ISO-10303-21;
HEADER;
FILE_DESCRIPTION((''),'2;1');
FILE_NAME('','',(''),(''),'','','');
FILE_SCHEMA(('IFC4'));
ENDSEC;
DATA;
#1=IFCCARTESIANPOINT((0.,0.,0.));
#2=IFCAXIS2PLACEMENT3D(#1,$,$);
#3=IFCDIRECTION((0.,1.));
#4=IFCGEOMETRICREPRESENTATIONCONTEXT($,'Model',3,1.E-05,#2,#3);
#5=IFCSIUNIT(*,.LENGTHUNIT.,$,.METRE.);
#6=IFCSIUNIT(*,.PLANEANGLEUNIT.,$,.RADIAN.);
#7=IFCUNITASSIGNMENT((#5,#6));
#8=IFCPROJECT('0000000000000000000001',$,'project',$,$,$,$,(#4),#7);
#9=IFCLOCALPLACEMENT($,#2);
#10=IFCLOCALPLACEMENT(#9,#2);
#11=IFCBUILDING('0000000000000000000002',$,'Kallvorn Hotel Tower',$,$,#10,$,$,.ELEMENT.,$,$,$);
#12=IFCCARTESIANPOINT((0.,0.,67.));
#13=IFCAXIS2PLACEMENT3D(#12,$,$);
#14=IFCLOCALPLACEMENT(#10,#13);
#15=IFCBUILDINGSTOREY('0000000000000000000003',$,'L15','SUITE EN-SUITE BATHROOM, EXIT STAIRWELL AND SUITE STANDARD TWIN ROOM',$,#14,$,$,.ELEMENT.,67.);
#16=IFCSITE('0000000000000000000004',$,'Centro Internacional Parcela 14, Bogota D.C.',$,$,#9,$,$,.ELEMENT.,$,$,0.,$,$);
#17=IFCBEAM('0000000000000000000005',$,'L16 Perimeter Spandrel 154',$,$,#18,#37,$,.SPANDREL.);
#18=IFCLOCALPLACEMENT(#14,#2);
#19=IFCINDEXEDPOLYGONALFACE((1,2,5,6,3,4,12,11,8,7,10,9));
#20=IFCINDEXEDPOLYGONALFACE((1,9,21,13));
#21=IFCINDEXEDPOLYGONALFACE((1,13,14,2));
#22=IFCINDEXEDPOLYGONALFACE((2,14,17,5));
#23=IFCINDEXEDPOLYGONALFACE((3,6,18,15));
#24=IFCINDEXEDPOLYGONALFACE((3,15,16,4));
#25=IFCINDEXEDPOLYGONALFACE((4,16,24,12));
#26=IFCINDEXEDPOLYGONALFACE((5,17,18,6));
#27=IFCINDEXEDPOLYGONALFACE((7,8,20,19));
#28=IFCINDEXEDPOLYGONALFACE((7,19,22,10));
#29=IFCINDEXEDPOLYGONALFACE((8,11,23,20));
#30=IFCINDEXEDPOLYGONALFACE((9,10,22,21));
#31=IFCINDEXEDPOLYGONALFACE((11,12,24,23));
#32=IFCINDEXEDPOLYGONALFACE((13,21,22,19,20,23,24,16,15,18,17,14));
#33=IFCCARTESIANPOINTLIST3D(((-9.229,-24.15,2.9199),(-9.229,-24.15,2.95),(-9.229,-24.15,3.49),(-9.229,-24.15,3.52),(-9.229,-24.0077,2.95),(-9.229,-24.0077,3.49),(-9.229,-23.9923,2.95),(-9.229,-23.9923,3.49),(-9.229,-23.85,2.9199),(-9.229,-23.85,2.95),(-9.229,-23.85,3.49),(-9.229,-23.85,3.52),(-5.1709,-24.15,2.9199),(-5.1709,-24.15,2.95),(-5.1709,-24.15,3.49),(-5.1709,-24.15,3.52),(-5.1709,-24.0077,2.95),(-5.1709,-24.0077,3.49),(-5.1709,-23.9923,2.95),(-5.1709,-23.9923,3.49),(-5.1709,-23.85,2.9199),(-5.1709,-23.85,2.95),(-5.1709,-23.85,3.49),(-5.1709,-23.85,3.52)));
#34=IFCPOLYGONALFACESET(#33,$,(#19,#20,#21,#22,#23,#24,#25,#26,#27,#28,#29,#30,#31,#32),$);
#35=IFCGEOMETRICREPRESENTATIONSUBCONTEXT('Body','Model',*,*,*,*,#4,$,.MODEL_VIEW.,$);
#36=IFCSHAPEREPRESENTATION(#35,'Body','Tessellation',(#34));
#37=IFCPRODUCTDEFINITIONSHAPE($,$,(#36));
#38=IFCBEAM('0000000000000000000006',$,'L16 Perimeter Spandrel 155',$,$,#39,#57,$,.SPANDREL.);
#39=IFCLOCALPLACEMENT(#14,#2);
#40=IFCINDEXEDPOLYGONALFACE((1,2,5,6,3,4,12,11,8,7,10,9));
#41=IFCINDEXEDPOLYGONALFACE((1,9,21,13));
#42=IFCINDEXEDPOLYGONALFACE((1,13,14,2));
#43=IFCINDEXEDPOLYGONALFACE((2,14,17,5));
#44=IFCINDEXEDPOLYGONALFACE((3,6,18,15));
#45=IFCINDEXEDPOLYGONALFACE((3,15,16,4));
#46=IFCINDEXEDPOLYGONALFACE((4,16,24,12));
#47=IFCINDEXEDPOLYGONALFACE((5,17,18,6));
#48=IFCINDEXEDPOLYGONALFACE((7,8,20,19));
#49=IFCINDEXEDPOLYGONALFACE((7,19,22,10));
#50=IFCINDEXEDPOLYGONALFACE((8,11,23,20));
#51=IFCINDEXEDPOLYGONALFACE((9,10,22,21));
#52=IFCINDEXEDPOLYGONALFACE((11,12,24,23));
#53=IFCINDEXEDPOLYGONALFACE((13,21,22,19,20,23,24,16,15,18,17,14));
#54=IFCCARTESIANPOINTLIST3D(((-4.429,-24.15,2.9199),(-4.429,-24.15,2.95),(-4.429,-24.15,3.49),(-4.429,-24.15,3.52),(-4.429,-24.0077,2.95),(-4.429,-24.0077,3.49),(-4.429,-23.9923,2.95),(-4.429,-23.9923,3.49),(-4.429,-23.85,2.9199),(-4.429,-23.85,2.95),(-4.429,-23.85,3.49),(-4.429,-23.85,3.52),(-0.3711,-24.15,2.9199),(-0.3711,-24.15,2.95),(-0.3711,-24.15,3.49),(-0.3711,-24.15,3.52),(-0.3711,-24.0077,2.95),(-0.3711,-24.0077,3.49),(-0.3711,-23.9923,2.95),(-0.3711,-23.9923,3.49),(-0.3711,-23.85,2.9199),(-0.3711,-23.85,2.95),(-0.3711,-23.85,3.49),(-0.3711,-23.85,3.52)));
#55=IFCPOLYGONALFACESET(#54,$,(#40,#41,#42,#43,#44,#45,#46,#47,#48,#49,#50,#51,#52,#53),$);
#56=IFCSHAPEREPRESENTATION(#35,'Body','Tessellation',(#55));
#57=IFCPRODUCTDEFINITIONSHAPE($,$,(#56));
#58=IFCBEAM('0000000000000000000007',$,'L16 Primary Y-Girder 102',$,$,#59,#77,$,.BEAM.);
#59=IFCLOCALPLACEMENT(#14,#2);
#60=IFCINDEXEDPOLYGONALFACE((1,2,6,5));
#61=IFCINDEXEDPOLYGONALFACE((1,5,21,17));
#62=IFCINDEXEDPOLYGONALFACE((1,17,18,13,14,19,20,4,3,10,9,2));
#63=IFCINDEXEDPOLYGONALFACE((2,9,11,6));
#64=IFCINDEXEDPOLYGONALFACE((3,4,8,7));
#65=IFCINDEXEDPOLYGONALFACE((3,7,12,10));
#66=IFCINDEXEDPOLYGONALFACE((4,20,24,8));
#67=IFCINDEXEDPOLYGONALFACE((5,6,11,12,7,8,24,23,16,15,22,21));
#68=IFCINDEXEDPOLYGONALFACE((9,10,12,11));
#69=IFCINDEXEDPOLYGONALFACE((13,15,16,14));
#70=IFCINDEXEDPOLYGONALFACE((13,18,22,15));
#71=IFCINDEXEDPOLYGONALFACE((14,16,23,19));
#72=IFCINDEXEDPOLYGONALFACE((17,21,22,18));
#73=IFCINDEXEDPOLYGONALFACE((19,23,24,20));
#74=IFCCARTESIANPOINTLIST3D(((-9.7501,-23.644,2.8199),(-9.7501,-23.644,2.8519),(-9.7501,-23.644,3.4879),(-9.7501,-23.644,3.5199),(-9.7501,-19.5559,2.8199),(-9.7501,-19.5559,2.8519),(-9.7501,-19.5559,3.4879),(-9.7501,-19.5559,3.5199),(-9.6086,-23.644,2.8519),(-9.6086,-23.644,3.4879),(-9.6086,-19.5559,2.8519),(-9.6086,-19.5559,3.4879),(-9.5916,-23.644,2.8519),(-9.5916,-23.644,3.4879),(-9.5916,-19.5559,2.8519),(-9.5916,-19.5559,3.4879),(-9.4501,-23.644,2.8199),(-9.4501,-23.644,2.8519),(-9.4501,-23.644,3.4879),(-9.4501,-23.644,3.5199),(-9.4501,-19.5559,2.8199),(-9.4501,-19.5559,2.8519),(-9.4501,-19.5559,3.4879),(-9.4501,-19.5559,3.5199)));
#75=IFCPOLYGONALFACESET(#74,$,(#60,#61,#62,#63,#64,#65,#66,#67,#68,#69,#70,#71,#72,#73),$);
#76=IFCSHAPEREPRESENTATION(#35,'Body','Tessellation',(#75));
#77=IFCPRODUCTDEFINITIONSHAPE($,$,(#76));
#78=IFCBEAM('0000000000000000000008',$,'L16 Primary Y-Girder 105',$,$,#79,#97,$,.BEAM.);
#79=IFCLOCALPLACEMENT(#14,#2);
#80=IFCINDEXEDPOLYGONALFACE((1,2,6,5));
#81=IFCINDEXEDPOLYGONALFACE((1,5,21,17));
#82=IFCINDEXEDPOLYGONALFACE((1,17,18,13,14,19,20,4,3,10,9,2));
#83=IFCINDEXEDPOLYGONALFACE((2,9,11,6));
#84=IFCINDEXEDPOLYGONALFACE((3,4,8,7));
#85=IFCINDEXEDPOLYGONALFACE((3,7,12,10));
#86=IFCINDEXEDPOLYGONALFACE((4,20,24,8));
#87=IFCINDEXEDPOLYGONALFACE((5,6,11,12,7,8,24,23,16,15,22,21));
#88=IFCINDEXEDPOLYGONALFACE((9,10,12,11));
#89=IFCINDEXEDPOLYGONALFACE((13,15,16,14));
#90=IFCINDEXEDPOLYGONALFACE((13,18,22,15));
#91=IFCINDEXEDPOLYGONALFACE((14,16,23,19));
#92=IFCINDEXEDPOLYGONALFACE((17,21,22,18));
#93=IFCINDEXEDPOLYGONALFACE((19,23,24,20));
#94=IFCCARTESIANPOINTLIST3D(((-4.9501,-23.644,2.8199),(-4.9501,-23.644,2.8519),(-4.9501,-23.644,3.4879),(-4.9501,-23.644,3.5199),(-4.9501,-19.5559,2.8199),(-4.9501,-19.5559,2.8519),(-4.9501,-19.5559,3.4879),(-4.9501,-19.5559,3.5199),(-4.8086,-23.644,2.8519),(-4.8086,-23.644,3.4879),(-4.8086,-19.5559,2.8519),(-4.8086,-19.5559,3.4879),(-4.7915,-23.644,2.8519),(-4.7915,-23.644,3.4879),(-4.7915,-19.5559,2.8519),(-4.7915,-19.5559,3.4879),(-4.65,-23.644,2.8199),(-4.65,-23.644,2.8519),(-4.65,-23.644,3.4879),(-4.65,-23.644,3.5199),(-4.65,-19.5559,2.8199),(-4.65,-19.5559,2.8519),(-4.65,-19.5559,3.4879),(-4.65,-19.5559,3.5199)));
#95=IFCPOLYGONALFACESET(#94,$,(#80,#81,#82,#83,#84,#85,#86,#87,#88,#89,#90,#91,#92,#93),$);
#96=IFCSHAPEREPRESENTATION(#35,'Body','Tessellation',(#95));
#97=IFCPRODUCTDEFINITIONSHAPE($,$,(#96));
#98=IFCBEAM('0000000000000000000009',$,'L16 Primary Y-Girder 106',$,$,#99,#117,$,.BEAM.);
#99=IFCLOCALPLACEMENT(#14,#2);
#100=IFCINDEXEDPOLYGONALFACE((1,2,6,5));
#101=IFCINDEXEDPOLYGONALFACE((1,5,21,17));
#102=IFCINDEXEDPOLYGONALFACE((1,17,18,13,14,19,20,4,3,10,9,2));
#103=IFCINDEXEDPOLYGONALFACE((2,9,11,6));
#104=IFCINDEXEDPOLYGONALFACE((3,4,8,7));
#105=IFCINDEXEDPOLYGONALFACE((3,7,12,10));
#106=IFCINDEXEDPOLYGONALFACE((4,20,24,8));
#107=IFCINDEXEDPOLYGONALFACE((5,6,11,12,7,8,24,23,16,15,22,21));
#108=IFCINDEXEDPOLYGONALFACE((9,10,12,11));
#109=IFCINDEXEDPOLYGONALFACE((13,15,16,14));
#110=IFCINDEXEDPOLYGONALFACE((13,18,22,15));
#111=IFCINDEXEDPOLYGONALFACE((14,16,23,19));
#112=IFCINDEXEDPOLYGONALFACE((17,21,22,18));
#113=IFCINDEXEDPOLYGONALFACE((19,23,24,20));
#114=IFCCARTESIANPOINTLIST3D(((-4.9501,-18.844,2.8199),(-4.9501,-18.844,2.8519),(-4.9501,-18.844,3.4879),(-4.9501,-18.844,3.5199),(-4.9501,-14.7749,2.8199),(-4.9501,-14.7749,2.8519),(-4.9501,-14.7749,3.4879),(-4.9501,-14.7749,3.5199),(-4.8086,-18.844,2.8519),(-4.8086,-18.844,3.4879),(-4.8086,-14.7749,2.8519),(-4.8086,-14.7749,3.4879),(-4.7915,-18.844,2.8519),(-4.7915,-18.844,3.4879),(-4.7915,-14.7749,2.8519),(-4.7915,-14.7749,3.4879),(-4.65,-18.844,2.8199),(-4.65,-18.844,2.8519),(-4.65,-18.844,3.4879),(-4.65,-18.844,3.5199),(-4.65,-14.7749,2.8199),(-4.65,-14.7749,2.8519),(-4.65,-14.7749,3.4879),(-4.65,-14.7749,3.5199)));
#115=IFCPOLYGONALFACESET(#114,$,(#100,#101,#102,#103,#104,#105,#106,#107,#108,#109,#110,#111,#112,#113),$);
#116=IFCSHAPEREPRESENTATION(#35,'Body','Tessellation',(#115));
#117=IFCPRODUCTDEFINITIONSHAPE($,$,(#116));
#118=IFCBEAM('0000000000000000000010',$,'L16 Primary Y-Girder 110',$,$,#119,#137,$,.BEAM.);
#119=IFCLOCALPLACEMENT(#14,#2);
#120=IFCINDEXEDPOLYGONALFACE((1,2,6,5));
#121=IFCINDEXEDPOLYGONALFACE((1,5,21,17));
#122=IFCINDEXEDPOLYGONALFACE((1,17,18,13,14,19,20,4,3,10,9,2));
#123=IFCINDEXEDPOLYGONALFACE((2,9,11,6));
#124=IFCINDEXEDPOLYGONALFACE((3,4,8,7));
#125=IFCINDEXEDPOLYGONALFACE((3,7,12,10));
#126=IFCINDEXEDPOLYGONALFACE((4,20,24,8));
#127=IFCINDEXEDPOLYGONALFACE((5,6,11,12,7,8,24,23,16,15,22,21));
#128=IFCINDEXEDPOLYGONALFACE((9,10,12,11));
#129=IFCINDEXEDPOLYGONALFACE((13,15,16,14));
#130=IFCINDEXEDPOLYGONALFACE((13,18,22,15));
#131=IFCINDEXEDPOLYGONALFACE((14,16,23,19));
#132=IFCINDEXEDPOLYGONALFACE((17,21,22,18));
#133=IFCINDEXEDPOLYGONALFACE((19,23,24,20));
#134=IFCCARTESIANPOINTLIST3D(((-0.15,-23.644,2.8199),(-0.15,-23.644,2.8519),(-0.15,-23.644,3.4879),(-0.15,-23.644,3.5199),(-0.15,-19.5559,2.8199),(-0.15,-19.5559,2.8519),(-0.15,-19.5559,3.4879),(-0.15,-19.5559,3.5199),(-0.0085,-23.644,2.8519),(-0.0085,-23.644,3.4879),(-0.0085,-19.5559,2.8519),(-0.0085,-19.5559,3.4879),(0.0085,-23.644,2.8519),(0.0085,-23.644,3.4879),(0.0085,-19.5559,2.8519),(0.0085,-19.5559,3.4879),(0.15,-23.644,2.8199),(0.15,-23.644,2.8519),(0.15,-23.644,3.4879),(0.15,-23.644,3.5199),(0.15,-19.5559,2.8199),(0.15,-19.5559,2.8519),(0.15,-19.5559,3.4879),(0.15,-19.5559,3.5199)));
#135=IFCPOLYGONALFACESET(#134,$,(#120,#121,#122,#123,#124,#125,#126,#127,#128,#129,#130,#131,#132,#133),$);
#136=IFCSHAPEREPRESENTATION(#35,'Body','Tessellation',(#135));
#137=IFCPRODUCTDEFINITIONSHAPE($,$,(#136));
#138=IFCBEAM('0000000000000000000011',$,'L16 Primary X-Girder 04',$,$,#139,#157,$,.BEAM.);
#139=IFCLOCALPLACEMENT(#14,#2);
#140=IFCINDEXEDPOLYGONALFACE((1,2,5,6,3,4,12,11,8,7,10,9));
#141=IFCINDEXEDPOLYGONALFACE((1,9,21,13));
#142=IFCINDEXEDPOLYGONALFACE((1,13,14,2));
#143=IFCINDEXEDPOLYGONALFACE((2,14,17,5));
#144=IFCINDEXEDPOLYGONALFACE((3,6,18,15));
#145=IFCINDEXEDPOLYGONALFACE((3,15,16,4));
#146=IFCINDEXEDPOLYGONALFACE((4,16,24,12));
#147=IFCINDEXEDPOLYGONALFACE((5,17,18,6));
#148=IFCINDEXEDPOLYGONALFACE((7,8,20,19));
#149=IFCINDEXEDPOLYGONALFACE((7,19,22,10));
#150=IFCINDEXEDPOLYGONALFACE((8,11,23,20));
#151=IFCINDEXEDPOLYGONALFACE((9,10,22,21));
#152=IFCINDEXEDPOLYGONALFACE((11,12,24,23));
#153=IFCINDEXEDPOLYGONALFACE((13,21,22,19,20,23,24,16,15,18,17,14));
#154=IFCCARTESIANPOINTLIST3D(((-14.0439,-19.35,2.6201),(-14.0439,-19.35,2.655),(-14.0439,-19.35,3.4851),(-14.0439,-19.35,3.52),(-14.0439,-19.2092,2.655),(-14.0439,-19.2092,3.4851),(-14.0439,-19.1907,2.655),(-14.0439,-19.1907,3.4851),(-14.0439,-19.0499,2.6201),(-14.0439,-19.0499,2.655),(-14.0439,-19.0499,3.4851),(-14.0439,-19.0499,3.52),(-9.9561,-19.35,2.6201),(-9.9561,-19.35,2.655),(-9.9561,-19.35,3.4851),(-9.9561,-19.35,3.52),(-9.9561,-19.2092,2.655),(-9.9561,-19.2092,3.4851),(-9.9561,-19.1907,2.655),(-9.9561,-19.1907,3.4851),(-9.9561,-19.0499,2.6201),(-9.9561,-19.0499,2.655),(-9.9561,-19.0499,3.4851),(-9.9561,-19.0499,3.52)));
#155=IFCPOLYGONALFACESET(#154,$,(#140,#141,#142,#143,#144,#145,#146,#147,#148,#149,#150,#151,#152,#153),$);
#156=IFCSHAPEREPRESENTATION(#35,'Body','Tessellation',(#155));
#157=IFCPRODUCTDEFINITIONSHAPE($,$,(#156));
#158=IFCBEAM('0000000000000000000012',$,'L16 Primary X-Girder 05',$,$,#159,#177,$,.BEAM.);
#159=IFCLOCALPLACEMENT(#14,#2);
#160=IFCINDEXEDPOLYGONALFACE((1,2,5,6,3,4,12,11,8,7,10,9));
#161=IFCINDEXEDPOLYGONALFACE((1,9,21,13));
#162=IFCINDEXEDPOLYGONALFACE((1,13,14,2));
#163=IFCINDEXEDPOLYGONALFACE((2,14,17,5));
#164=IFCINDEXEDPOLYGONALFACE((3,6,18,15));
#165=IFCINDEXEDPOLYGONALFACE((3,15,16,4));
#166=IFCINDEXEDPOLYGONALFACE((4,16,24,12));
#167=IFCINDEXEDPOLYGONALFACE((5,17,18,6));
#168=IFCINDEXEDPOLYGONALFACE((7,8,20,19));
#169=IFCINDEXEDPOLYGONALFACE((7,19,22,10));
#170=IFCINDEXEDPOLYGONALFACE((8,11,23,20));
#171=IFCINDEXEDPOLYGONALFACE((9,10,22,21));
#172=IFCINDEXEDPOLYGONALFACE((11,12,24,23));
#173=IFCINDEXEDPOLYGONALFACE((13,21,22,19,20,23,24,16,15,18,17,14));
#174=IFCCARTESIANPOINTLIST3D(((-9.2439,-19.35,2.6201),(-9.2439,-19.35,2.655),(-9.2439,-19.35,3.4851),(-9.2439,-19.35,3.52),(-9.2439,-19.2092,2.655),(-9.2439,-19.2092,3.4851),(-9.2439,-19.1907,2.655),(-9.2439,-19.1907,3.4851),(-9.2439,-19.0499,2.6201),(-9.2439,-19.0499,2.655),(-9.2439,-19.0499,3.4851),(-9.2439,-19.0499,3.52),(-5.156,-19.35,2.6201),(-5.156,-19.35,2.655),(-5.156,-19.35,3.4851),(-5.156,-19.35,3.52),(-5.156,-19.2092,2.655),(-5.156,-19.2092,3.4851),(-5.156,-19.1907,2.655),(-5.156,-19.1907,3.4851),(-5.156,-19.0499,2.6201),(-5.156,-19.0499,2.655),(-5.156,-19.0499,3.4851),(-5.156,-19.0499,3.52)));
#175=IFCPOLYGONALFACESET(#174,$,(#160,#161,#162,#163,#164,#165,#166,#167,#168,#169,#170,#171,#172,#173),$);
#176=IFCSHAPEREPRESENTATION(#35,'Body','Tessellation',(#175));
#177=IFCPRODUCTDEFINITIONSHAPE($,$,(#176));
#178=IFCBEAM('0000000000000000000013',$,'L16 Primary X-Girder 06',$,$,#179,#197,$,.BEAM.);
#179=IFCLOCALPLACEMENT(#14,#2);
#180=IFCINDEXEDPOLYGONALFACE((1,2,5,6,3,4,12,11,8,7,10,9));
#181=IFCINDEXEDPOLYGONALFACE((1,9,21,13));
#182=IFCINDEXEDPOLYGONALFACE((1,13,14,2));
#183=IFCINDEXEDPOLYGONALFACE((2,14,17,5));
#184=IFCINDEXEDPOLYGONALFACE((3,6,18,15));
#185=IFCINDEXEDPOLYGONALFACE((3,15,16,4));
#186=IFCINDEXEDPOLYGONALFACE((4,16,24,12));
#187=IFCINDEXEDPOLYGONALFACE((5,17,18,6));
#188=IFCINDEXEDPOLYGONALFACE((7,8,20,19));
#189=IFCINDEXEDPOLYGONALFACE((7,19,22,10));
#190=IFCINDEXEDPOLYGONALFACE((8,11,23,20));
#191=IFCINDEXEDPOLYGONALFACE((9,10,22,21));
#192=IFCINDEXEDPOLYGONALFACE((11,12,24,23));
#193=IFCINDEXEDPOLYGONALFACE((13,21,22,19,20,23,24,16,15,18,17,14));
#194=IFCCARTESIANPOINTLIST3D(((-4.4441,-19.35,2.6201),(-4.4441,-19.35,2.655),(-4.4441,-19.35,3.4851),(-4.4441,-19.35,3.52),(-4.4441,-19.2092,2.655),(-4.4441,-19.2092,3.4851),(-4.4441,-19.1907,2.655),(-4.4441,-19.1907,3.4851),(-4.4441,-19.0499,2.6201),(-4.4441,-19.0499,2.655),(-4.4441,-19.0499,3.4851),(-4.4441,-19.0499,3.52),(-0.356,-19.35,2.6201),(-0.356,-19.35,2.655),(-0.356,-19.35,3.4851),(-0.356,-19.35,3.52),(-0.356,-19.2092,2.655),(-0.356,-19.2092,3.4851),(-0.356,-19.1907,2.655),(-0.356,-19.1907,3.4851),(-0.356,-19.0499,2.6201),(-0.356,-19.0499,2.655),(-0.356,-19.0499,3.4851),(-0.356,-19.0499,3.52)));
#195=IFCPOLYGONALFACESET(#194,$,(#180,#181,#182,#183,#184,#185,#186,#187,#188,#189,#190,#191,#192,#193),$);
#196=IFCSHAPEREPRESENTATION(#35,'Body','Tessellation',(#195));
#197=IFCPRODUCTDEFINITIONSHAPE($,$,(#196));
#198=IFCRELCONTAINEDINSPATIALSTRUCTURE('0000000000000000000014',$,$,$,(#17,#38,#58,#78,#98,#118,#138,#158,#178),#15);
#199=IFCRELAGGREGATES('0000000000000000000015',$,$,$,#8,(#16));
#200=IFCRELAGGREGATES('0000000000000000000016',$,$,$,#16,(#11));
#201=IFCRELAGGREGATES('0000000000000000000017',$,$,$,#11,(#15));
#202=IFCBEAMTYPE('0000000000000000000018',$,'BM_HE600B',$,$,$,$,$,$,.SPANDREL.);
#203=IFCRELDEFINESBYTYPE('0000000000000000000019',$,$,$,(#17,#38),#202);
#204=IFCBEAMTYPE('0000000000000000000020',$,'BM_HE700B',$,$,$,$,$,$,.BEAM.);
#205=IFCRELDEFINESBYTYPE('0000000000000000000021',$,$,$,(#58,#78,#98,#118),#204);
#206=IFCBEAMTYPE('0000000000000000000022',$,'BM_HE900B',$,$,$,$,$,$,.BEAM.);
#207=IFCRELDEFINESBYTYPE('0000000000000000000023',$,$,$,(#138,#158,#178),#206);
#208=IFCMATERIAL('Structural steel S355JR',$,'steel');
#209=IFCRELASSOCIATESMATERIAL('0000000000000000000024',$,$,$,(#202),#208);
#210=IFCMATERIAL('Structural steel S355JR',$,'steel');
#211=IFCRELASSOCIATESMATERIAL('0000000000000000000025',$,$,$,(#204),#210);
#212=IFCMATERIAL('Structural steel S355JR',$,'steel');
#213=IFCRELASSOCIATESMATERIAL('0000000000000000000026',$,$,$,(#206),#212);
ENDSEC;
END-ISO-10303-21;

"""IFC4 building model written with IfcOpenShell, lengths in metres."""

from ifc_helpers import new_model, si_unit, direction, frame, origin, origin_2d, place, context, subcontext, project, spatial, i_section, extrude, material, material_profile, profile_set, type_object, element, save


model = new_model("IFC4")

# Units and contexts
model_context = context("Model", 3, precision=1e-05, world=origin(), true_north=direction((0.0, 1.0)))
body_context = subcontext(model_context, "Body", "Model", "MODEL_VIEW")
ifc_project = project(units=[si_unit("LENGTHUNIT", "METRE"), si_unit("PLANEANGLEUNIT", "RADIAN")], contexts=[model_context])

# Site, building, storey
site_placement = place(None, origin())
site = spatial("IfcSite", under=ifc_project, at=site_placement, Name="Centro Internacional Parcela 14, Bogota D.C.", CompositionType="ELEMENT", RefElevation=0.0)
building_placement = place(site_placement, origin())
building = spatial("IfcBuilding", under=site, at=building_placement, Name="Kallvorn Hotel Tower", CompositionType="ELEMENT")
storey_placement = place(building_placement, frame((0.0, 0.0, 67.0)))
storey = spatial("IfcBuildingStorey", under=building, at=storey_placement, Name="L15", Description="SUITE EN-SUITE BATHROOM, EXIT STAIRWELL AND SUITE STANDARD TWIN ROOM", CompositionType="ELEMENT", Elevation=67.0)

# Beams
ifc_material_1 = material(Name="Structural steel S355JR", Category="steel")
ifc_material_profile_1 = material_profile(ifc_material_1, i_section(OverallWidth=0.3, OverallDepth=0.6001, WebThickness=0.0154, FlangeThickness=0.03, at=origin_2d()), Name="HE 600 B")
ifc_profile_set_1 = profile_set([ifc_material_profile_1], Name="Structural steel S355JR")
beam_type_1 = type_object("IfcBeamType", Name="BM_HE600B", PredefinedType="SPANDREL", material=ifc_profile_set_1)
for number, where, z_axis, x_axis, name in (
    (1, (-9.229, -24.0, 3.22), (1.0, 0.0, 0.0), (0.0, 1.0, 0.0), "L16 Perimeter Spandrel 154"),
):
    element("IfcBeam", number, at=place(storey_placement, frame(where, z_axis=z_axis, x_axis=x_axis)), inside=storey, type_object=beam_type_1, Name=name, PredefinedType="SPANDREL", context=body_context, shape_type="SweptSolid", body=[
        extrude(i_section(OverallWidth=0.3, OverallDepth=0.6001, WebThickness=0.0154, FlangeThickness=0.03, at=origin_2d()), origin(), (0.0, 0.0, 1.0), 4.0581),
    ])
beam_1_placement = place(storey_placement, frame((-4.429, -24.0, 3.22), z_axis=(1.0, 0.0, 0.0), x_axis=(0.0, 1.0, 0.0)))
element("IfcBeam", 2, at=beam_1_placement, inside=storey, type_object=beam_type_1, Name="L16 Perimeter Spandrel 155", PredefinedType="SPANDREL", context=body_context, shape_type="SweptSolid", body=[
    extrude(i_section(OverallWidth=0.3, OverallDepth=0.6001, WebThickness=0.0154, FlangeThickness=0.03, at=origin_2d()), origin(), (0.0, 0.0, 1.0), 4.0579),
])
ifc_material_2 = material(Name="Structural steel S355JR", Category="steel")
ifc_material_profile_2 = material_profile(ifc_material_2, i_section(OverallWidth=0.3, OverallDepth=0.7, WebThickness=0.0171, FlangeThickness=0.032, at=origin_2d()), Name="HE 700 B")
ifc_profile_set_2 = profile_set([ifc_material_profile_2], Name="Structural steel S355JR")
beam_type_2 = type_object("IfcBeamType", Name="BM_HE700B", PredefinedType="BEAM", material=ifc_profile_set_2)
for number, where, z_axis, x_axis, name in (
    (3, (-9.6001, -23.644, 3.1699), (0.0, 1.0, 0.0), (-1.0, 0.0, 0.0), "L16 Primary Y-Girder 102"),
    (4, (-4.8, -23.644, 3.1699), (0.0, 1.0, 0.0), (-1.0, 0.0, 0.0), "L16 Primary Y-Girder 105"),
):
    element("IfcBeam", number, at=place(storey_placement, frame(where, z_axis=z_axis, x_axis=x_axis)), inside=storey, type_object=beam_type_2, Name=name, PredefinedType="BEAM", context=body_context, shape_type="SweptSolid", body=[
        extrude(i_section(OverallWidth=0.3, OverallDepth=0.7, WebThickness=0.0171, FlangeThickness=0.032, at=origin_2d()), origin(), (0.0, 0.0, 1.0), 4.0881),
    ])
beam_2_placement = place(storey_placement, frame((-4.8, -18.844, 3.1699), z_axis=(0.0, 1.0, 0.0), x_axis=(-1.0, 0.0, 0.0)))
element("IfcBeam", 5, at=beam_2_placement, inside=storey, type_object=beam_type_2, Name="L16 Primary Y-Girder 106", PredefinedType="BEAM", context=body_context, shape_type="SweptSolid", body=[
    extrude(i_section(OverallWidth=0.3, OverallDepth=0.7, WebThickness=0.0171, FlangeThickness=0.032, at=origin_2d()), origin(), (0.0, 0.0, 1.0), 4.0691),
])
beam_3_placement = place(storey_placement, frame((0.0, -23.644, 3.1699), z_axis=(0.0, 1.0, 0.0), x_axis=(-1.0, 0.0, 0.0)))
element("IfcBeam", 6, at=beam_3_placement, inside=storey, type_object=beam_type_2, Name="L16 Primary Y-Girder 110", PredefinedType="BEAM", context=body_context, shape_type="SweptSolid", body=[
    extrude(i_section(OverallWidth=0.3, OverallDepth=0.7, WebThickness=0.0171, FlangeThickness=0.032, at=origin_2d()), origin(), (0.0, 0.0, 1.0), 4.0881),
])
ifc_material_3 = material(Name="Structural steel S355JR", Category="steel")
ifc_material_profile_3 = material_profile(ifc_material_3, i_section(OverallWidth=0.3, OverallDepth=0.8999, WebThickness=0.0186, FlangeThickness=0.0349, at=origin_2d()), Name="HE 900 B")
ifc_profile_set_3 = profile_set([ifc_material_profile_3], Name="Structural steel S355JR")
beam_type_3 = type_object("IfcBeamType", Name="BM_HE900B", PredefinedType="BEAM", material=ifc_profile_set_3)
for number, where, z_axis, x_axis, name in (
    (7, (-14.0439, -19.2, 3.0701), (1.0, 0.0, 0.0), (0.0, 1.0, 0.0), "L16 Primary X-Girder 04"),
    (8, (-9.2439, -19.2, 3.0701), (1.0, 0.0, 0.0), (0.0, 1.0, 0.0), "L16 Primary X-Girder 05"),
):
    element("IfcBeam", number, at=place(storey_placement, frame(where, z_axis=z_axis, x_axis=x_axis)), inside=storey, type_object=beam_type_3, Name=name, PredefinedType="BEAM", context=body_context, shape_type="SweptSolid", body=[
        extrude(i_section(OverallWidth=0.3, OverallDepth=0.8999, WebThickness=0.0186, FlangeThickness=0.0349, at=origin_2d()), origin(), (0.0, 0.0, 1.0), 4.0879),
    ])
beam_4_placement = place(storey_placement, frame((-4.4441, -19.2, 3.0701), z_axis=(1.0, 0.0, 0.0), x_axis=(0.0, 1.0, 0.0)))
element("IfcBeam", 9, at=beam_4_placement, inside=storey, type_object=beam_type_3, Name="L16 Primary X-Girder 06", PredefinedType="BEAM", context=body_context, shape_type="SweptSolid", body=[
    extrude(i_section(OverallWidth=0.3, OverallDepth=0.8999, WebThickness=0.0186, FlangeThickness=0.0349, at=origin_2d()), origin(), (0.0, 0.0, 1.0), 4.0881),
])

save(model, "model.ifc")
